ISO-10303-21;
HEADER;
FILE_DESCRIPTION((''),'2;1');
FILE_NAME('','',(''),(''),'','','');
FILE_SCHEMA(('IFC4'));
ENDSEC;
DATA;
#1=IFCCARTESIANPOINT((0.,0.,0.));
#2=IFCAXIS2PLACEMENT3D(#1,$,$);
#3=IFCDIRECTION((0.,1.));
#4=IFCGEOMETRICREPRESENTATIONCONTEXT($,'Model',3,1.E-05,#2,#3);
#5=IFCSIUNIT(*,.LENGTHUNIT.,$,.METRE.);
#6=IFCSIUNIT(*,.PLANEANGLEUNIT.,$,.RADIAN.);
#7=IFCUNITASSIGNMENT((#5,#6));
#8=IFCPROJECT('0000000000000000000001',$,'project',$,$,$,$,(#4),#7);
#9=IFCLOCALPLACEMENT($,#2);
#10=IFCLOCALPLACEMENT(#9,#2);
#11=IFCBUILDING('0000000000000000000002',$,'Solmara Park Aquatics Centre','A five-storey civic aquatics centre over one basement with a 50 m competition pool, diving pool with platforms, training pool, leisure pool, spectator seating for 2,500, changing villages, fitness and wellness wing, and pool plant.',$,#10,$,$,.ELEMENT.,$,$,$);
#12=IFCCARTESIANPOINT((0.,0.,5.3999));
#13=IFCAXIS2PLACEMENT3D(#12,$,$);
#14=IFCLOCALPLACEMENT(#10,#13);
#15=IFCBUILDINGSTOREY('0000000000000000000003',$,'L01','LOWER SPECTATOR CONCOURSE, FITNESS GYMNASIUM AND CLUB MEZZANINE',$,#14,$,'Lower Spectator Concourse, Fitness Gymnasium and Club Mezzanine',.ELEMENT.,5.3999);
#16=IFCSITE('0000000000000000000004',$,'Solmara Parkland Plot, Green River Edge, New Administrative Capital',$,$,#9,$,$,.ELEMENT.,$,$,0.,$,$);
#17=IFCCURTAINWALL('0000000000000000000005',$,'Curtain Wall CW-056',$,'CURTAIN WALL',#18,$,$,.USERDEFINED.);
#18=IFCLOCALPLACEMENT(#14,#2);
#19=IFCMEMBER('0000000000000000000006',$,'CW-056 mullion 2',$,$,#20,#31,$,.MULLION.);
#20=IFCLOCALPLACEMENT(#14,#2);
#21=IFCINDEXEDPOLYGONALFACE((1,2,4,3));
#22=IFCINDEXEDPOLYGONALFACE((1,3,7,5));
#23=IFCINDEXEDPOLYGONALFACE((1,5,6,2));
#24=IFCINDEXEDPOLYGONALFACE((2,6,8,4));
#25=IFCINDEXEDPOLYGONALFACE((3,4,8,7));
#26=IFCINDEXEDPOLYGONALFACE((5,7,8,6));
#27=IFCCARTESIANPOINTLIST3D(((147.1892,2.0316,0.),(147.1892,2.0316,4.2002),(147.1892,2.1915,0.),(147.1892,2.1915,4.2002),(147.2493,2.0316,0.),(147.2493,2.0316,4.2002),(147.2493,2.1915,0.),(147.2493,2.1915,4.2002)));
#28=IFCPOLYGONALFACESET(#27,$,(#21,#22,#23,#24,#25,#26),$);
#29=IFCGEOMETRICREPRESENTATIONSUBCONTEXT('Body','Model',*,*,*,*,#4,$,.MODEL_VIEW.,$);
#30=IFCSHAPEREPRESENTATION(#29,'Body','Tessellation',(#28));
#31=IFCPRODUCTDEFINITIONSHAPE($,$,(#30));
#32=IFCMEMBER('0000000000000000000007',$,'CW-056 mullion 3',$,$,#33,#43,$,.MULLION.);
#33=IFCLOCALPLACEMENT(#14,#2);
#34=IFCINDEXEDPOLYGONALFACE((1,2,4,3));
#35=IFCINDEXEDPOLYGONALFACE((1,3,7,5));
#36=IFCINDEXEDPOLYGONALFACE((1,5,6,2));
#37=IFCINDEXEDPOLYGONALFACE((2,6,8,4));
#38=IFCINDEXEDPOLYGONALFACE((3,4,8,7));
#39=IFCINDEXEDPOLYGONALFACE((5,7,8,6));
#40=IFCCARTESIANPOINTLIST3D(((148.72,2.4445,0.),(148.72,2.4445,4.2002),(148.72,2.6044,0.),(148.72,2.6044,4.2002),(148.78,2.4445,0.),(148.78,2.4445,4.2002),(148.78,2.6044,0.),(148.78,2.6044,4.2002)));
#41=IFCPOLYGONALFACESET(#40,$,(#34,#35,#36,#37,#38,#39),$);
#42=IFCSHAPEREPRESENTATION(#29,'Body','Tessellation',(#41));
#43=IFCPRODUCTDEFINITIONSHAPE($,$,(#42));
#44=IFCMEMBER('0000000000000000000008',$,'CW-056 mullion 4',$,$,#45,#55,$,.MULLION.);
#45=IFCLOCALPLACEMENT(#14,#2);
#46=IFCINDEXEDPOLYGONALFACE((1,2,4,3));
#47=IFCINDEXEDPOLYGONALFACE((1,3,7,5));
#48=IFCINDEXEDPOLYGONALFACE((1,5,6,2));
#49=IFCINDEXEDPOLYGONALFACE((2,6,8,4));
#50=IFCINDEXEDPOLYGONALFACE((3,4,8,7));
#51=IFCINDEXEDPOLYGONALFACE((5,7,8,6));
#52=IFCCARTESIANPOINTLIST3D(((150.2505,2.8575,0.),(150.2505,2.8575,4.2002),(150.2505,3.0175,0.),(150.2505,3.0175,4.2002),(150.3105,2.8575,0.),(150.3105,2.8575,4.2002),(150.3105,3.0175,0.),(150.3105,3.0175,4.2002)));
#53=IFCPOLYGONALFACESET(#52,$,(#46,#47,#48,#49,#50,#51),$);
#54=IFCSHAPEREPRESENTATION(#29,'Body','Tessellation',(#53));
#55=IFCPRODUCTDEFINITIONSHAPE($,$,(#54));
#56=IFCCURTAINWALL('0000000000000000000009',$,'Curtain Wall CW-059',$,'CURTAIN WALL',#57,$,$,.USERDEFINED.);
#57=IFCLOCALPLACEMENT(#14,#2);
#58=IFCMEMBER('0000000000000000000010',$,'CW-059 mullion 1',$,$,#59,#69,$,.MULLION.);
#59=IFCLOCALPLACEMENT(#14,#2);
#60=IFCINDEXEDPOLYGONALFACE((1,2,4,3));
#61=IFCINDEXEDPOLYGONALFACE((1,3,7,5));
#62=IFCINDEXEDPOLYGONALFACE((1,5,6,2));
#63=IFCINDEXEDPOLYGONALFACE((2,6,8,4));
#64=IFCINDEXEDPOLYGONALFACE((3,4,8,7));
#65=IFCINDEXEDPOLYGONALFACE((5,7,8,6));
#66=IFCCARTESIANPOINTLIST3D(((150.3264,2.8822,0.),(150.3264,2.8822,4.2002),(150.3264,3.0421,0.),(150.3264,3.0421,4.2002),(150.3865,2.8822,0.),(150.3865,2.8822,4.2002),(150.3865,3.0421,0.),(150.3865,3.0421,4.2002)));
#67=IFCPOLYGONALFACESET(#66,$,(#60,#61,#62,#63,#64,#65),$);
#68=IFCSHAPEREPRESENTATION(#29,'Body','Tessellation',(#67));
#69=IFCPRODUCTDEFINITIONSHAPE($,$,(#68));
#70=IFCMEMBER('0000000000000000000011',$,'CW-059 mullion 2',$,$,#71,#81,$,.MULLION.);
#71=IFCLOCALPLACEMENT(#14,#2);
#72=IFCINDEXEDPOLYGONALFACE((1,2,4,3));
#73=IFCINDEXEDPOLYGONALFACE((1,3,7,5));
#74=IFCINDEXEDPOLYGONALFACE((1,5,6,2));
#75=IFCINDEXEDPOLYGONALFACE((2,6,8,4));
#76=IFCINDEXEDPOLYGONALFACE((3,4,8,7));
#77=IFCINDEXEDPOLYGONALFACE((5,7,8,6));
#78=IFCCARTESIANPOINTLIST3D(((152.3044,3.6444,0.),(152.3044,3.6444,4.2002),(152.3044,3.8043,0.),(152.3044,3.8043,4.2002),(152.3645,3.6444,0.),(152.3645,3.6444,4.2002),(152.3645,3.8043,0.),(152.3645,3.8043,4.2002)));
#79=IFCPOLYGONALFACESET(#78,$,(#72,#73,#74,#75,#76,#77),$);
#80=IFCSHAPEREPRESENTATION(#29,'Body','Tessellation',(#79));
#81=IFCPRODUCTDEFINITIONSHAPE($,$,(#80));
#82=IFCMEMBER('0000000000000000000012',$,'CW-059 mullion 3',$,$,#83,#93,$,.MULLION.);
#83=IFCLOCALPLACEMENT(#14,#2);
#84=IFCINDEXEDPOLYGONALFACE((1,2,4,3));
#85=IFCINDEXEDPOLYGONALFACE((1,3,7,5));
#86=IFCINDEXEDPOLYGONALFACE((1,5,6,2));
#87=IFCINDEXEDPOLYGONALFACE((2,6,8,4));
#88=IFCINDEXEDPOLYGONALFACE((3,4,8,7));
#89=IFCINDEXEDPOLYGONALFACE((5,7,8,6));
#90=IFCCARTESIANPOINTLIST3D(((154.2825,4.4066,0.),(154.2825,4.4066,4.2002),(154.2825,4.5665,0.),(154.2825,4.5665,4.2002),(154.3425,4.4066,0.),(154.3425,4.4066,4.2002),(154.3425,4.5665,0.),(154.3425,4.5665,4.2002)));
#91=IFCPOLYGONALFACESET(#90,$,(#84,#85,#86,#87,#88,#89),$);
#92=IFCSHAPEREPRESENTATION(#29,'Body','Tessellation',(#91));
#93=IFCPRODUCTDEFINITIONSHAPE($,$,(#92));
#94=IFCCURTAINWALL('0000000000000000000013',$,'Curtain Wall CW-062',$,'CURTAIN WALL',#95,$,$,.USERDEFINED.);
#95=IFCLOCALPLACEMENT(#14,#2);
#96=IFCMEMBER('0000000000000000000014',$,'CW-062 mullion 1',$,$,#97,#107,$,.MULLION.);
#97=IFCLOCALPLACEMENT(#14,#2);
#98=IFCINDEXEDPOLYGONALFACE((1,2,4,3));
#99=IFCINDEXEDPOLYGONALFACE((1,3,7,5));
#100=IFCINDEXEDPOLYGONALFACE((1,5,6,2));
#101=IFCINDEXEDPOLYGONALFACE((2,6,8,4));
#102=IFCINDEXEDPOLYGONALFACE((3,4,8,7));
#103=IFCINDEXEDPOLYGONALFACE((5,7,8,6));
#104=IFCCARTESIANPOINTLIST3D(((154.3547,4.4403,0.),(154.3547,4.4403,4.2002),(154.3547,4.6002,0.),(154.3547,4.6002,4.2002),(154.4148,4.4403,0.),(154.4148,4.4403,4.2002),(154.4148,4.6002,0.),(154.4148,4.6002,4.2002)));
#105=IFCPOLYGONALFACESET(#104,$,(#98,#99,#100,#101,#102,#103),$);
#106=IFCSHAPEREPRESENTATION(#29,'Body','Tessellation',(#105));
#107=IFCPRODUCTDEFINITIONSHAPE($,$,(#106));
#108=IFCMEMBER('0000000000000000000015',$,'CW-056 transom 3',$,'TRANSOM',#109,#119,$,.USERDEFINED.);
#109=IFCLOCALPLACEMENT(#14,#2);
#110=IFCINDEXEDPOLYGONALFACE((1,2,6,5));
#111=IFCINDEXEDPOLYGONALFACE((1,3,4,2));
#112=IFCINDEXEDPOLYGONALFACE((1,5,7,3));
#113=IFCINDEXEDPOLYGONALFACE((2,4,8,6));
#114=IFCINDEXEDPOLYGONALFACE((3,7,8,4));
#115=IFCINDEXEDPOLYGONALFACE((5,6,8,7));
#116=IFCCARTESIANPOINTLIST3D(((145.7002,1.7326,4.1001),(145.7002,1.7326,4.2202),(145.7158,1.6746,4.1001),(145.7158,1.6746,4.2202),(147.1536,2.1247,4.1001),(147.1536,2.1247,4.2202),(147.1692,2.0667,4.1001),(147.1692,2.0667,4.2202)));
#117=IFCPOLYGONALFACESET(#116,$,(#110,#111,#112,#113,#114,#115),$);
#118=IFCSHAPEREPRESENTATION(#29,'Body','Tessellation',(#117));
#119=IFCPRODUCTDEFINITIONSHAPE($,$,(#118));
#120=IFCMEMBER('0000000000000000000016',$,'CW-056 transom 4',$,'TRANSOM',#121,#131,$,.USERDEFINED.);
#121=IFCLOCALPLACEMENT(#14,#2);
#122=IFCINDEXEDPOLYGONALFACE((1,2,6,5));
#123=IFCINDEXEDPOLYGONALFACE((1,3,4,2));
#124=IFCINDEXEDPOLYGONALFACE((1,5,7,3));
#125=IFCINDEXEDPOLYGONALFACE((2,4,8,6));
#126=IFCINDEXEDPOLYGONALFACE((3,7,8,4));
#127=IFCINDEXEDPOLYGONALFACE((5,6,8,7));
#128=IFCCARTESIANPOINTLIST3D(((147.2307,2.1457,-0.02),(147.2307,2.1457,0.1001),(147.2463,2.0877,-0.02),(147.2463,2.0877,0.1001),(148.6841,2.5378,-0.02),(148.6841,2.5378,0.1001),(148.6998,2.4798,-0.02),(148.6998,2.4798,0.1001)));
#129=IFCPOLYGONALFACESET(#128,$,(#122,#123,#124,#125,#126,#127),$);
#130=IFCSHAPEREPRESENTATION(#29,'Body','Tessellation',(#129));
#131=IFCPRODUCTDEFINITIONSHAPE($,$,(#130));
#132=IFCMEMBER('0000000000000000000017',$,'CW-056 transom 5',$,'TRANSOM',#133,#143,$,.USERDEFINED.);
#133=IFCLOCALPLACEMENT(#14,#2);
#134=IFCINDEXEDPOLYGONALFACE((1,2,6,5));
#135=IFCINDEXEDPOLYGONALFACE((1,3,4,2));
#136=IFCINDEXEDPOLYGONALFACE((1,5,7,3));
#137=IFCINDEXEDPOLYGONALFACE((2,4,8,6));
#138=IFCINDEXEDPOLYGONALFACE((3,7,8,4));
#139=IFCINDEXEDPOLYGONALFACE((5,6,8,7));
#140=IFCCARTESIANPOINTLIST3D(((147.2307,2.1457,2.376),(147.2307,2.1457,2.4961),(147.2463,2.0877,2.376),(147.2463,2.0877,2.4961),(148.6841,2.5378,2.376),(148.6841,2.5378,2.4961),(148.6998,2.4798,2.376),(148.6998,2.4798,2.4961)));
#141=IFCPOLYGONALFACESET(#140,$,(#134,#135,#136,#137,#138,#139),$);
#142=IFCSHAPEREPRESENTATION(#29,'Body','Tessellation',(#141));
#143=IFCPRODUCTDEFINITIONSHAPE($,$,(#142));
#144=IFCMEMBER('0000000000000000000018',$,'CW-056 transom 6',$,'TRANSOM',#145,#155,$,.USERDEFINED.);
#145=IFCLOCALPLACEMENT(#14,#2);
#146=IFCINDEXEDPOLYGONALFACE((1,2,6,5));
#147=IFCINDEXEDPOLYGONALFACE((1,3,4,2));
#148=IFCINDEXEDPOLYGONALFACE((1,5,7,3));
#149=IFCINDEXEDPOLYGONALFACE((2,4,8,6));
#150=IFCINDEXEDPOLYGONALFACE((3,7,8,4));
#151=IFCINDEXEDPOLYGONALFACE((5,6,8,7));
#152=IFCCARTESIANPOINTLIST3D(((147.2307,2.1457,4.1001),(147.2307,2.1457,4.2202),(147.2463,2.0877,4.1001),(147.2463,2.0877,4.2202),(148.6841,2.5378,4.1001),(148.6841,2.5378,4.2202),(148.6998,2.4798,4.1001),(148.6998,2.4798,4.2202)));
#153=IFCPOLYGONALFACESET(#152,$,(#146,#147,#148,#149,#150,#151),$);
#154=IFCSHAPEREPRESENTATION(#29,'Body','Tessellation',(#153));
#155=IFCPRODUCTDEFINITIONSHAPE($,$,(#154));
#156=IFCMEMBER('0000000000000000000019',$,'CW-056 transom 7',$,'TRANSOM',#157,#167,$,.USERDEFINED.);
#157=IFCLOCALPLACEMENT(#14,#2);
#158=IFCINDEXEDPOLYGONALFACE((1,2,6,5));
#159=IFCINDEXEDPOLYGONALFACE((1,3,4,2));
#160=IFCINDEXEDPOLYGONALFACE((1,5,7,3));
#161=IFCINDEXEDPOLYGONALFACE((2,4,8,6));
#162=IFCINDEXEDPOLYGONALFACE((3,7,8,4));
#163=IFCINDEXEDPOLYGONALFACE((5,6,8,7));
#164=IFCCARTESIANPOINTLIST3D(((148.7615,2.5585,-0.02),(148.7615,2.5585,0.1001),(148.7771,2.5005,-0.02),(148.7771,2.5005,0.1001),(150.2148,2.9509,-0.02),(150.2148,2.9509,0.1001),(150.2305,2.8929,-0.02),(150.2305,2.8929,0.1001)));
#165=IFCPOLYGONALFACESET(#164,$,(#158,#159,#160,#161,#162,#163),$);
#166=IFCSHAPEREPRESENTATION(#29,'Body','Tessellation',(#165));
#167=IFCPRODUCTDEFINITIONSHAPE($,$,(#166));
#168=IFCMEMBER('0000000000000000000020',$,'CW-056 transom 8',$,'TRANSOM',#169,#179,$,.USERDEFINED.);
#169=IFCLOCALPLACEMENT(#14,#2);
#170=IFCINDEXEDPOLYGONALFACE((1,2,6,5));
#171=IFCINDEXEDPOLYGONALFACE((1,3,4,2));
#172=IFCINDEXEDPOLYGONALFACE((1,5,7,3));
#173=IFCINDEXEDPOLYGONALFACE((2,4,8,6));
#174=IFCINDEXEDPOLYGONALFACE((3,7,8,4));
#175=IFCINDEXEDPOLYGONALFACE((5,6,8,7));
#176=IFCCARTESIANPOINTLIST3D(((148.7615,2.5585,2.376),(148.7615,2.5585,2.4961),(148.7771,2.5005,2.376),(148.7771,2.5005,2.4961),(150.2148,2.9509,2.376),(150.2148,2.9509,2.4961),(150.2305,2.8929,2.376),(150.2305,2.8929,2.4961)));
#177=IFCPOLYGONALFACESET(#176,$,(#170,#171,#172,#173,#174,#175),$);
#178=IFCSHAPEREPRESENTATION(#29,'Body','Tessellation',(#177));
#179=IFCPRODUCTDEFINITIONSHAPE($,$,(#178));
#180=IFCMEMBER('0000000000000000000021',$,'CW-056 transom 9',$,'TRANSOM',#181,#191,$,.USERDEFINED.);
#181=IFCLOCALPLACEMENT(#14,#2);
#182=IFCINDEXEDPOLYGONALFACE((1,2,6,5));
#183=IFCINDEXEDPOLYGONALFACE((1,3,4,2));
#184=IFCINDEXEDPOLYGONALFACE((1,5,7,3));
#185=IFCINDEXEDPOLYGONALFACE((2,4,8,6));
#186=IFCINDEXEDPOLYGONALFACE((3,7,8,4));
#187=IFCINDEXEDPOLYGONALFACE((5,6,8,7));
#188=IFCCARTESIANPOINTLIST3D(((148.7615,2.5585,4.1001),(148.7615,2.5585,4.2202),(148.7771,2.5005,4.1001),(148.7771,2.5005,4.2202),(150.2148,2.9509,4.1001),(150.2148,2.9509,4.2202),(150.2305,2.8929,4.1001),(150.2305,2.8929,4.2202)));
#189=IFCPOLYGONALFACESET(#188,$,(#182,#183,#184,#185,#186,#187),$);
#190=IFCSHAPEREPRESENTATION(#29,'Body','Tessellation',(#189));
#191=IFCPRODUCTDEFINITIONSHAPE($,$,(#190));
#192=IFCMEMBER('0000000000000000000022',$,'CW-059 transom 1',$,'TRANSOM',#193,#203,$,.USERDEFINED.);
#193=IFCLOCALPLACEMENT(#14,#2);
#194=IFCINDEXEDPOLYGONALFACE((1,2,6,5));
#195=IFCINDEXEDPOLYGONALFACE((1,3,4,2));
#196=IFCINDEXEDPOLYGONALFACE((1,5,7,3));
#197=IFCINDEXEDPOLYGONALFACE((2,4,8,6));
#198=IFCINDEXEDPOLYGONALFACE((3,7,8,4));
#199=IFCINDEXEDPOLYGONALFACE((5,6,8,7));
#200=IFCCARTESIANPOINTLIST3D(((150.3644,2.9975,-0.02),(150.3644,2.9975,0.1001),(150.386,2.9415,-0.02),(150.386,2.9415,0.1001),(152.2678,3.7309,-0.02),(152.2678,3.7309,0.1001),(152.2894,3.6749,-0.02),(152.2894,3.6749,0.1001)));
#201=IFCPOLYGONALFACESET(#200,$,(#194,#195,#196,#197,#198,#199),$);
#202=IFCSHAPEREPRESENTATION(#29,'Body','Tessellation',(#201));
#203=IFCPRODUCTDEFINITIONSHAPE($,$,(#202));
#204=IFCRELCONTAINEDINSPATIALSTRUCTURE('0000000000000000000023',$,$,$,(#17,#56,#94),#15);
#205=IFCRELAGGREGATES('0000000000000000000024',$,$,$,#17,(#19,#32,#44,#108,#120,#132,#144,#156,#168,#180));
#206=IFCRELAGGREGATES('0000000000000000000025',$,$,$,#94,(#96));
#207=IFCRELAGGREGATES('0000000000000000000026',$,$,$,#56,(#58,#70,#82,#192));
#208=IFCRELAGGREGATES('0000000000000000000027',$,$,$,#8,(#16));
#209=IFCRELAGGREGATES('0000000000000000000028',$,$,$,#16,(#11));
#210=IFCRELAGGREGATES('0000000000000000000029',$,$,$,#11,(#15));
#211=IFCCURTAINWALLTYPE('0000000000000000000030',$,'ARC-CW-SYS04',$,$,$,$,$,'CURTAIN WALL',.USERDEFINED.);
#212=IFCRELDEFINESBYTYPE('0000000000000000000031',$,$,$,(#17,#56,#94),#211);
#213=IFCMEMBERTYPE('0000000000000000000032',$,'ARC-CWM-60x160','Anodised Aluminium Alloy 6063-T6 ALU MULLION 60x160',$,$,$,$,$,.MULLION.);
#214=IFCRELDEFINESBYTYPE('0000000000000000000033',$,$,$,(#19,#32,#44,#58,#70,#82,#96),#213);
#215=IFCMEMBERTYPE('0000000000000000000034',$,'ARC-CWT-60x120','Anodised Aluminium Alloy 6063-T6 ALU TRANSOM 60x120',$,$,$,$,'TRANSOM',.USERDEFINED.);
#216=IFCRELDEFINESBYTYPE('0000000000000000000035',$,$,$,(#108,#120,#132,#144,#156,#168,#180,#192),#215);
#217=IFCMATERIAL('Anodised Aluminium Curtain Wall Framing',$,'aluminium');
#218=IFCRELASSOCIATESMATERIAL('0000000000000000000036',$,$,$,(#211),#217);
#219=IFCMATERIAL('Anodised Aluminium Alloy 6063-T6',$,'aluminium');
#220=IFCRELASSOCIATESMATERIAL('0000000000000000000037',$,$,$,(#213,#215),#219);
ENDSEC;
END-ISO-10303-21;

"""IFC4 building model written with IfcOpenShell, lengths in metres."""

from ifc_helpers import new_model, si_unit, direction, frame, origin, origin_2d, place, context, subcontext, project, spatial, rectangle, extrude, material, material_profile, profile_set, type_object, element, aggregate, save


model = new_model("IFC4")

# Units and contexts
model_context = context("Model", 3, precision=1e-05, world=origin(), true_north=direction((0.0, 1.0)))
body_context = subcontext(model_context, "Body", "Model", "MODEL_VIEW")
ifc_project = project(units=[si_unit("LENGTHUNIT", "METRE"), si_unit("PLANEANGLEUNIT", "RADIAN")], contexts=[model_context])

# Site, building, storey
site_placement = place(None, origin())
site = spatial("IfcSite", under=ifc_project, at=site_placement, Name="Solmara Parkland Plot, Green River Edge, New Administrative Capital", CompositionType="ELEMENT", RefElevation=0.0)
building_placement = place(site_placement, origin())
building = spatial("IfcBuilding", under=site, at=building_placement, Name="Solmara Park Aquatics Centre", Description="A five-storey civic aquatics centre over one basement with a 50 m competition pool, diving pool with platforms, training pool, leisure pool, spectator seating for 2,500, changing villages, fitness and wellness wing, and pool plant.", CompositionType="ELEMENT")
storey_placement = place(building_placement, frame((0.0, 0.0, 5.3999)))
storey = spatial("IfcBuildingStorey", under=building, at=storey_placement, Name="L01", Description="LOWER SPECTATOR CONCOURSE, FITNESS GYMNASIUM AND CLUB MEZZANINE", LongName="Lower Spectator Concourse, Fitness Gymnasium and Club Mezzanine", CompositionType="ELEMENT", Elevation=5.3999)

# Curtain walls, members
ifc_material_1 = material(Name="Anodised Aluminium Curtain Wall Framing", Category="aluminium")
curtain_wall_type = type_object("IfcCurtainWallType", Name="ARC-CW-SYS04", ElementType="CURTAIN WALL", PredefinedType="USERDEFINED", material=ifc_material_1)
curtain_wall_1_placement = place(storey_placement, origin())
curtain_wall_1 = element("IfcCurtainWall", 1, at=curtain_wall_1_placement, inside=storey, type_object=curtain_wall_type, Name="Curtain Wall CW-056", ObjectType="CURTAIN WALL", PredefinedType="USERDEFINED")
ifc_material_2 = material(Name="Anodised Aluminium Alloy 6063-T6", Category="aluminium")
ifc_material_profile_1 = material_profile(ifc_material_2, rectangle(XDim=0.0601, YDim=0.1599, at=origin_2d()), Name="ALU MULLION 60x160")
ifc_profile_set_1 = profile_set([ifc_material_profile_1], Name="Anodised Aluminium Alloy 6063-T6")
member_type_1 = type_object("IfcMemberType", Name="ARC-CWM-60x160", Description="Anodised Aluminium Alloy 6063-T6 ALU MULLION 60x160", PredefinedType="MULLION", material=ifc_profile_set_1)
member_1_placement = place(storey_placement, frame((147.2192, 2.1116, 0.0), z_axis=(0.0, 0.0, 1.0), x_axis=(1.0, 0.0, 0.0)))
member_1 = element("IfcMember", 2, at=member_1_placement, type_object=member_type_1, Name="CW-056 mullion 2", PredefinedType="MULLION", context=body_context, shape_type="SweptSolid", body=[
    extrude(rectangle(XDim=0.0601, YDim=0.1599, at=origin_2d()), origin(), (0.0, 0.0, 1.0), 4.2002),
])
member_2_placement = place(storey_placement, frame((148.75, 2.5244, 0.0), z_axis=(0.0, 0.0, 1.0), x_axis=(1.0, 0.0, 0.0)))
member_2 = element("IfcMember", 3, at=member_2_placement, type_object=member_type_1, Name="CW-056 mullion 3", PredefinedType="MULLION", context=body_context, shape_type="SweptSolid", body=[
    extrude(rectangle(XDim=0.0601, YDim=0.1599, at=origin_2d()), origin(), (0.0, 0.0, 1.0), 4.2002),
])
member_3_placement = place(storey_placement, frame((150.2805, 2.9375, 0.0), z_axis=(0.0, 0.0, 1.0), x_axis=(1.0, 0.0, 0.0)))
member_3 = element("IfcMember", 4, at=member_3_placement, type_object=member_type_1, Name="CW-056 mullion 4", PredefinedType="MULLION", context=body_context, shape_type="SweptSolid", body=[
    extrude(rectangle(XDim=0.0601, YDim=0.1599, at=origin_2d()), origin(), (0.0, 0.0, 1.0), 4.2002),
])
curtain_wall_2_placement = place(storey_placement, origin())
curtain_wall_2 = element("IfcCurtainWall", 5, at=curtain_wall_2_placement, inside=storey, type_object=curtain_wall_type, Name="Curtain Wall CW-059", ObjectType="CURTAIN WALL", PredefinedType="USERDEFINED")
member_4_placement = place(storey_placement, frame((150.3564, 2.9622, 0.0), z_axis=(0.0, 0.0, 1.0), x_axis=(1.0, 0.0, 0.0)))
member_4 = element("IfcMember", 6, at=member_4_placement, type_object=member_type_1, Name="CW-059 mullion 1", PredefinedType="MULLION", context=body_context, shape_type="SweptSolid", body=[
    extrude(rectangle(XDim=0.0601, YDim=0.1599, at=origin_2d()), origin(), (0.0, 0.0, 1.0), 4.2002),
])
member_5_placement = place(storey_placement, frame((152.3345, 3.7244, 0.0), z_axis=(0.0, 0.0, 1.0), x_axis=(1.0, 0.0, 0.0)))
member_5 = element("IfcMember", 7, at=member_5_placement, type_object=member_type_1, Name="CW-059 mullion 2", PredefinedType="MULLION", context=body_context, shape_type="SweptSolid", body=[
    extrude(rectangle(XDim=0.0601, YDim=0.1599, at=origin_2d()), origin(), (0.0, 0.0, 1.0), 4.2002),
])
member_6_placement = place(storey_placement, frame((154.3125, 4.4866, 0.0), z_axis=(0.0, 0.0, 1.0), x_axis=(1.0, 0.0, 0.0)))
member_6 = element("IfcMember", 8, at=member_6_placement, type_object=member_type_1, Name="CW-059 mullion 3", PredefinedType="MULLION", context=body_context, shape_type="SweptSolid", body=[
    extrude(rectangle(XDim=0.0601, YDim=0.1599, at=origin_2d()), origin(), (0.0, 0.0, 1.0), 4.2002),
])

# Curtain wall, member
curtain_wall_3_placement = place(storey_placement, origin())
curtain_wall_3 = element("IfcCurtainWall", 9, at=curtain_wall_3_placement, inside=storey, type_object=curtain_wall_type, Name="Curtain Wall CW-062", ObjectType="CURTAIN WALL", PredefinedType="USERDEFINED")
member_7_placement = place(storey_placement, frame((154.3848, 4.5203, 0.0), z_axis=(0.0, 0.0, 1.0), x_axis=(1.0, 0.0, 0.0)))
member_7 = element("IfcMember", 10, at=member_7_placement, type_object=member_type_1, Name="CW-062 mullion 1", PredefinedType="MULLION", context=body_context, shape_type="SweptSolid", body=[
    extrude(rectangle(XDim=0.0601, YDim=0.1599, at=origin_2d()), origin(), (0.0, 0.0, 1.0), 4.2002),
])

# Members
ifc_material_profile_2 = material_profile(ifc_material_2, rectangle(XDim=0.0601, YDim=0.1201, at=origin_2d()), Name="ALU TRANSOM 60x120")
ifc_profile_set_2 = profile_set([ifc_material_profile_2], Name="Anodised Aluminium Alloy 6063-T6")
member_type_2 = type_object("IfcMemberType", Name="ARC-CWT-60x120", Description="Anodised Aluminium Alloy 6063-T6 ALU TRANSOM 60x120", ElementType="TRANSOM", PredefinedType="USERDEFINED", material=ifc_profile_set_2)
member_8_placement = place(storey_placement, frame((145.708, 1.7036, 4.1602), z_axis=(0.965483, 0.260468, 0.0), x_axis=(-0.260468, 0.965483, 0.0)))
member_8 = element("IfcMember", 11, at=member_8_placement, type_object=member_type_2, Name="CW-056 transom 3", ObjectType="TRANSOM", PredefinedType="USERDEFINED", context=body_context, shape_type="SweptSolid", body=[
    extrude(rectangle(XDim=0.0601, YDim=0.1201, at=origin_2d()), origin(), (0.0, 0.0, 1.0), 1.5054),
])
member_9_placement = place(storey_placement, frame((147.2385, 2.1167, 0.04), z_axis=(0.965483, 0.260468, 0.0), x_axis=(-0.260468, 0.965483, 0.0)))
member_9 = element("IfcMember", 12, at=member_9_placement, type_object=member_type_2, Name="CW-056 transom 4", ObjectType="TRANSOM", PredefinedType="USERDEFINED", context=body_context, shape_type="SweptSolid", body=[
    extrude(rectangle(XDim=0.0601, YDim=0.1201, at=origin_2d()), origin(), (0.0, 0.0, 1.0), 1.5054),
])
member_10_placement = place(storey_placement, frame((147.2385, 2.1167, 2.436), z_axis=(0.965483, 0.260468, 0.0), x_axis=(-0.260468, 0.965483, 0.0)))
member_10 = element("IfcMember", 13, at=member_10_placement, type_object=member_type_2, Name="CW-056 transom 5", ObjectType="TRANSOM", PredefinedType="USERDEFINED", context=body_context, shape_type="SweptSolid", body=[
    extrude(rectangle(XDim=0.0601, YDim=0.1201, at=origin_2d()), origin(), (0.0, 0.0, 1.0), 1.5054),
])
member_11_placement = place(storey_placement, frame((147.2385, 2.1167, 4.1602), z_axis=(0.965483, 0.260468, 0.0), x_axis=(-0.260468, 0.965483, 0.0)))
member_11 = element("IfcMember", 14, at=member_11_placement, type_object=member_type_2, Name="CW-056 transom 6", ObjectType="TRANSOM", PredefinedType="USERDEFINED", context=body_context, shape_type="SweptSolid", body=[
    extrude(rectangle(XDim=0.0601, YDim=0.1201, at=origin_2d()), origin(), (0.0, 0.0, 1.0), 1.5054),
])
member_12_placement = place(storey_placement, frame((148.7693, 2.5295, 0.04), z_axis=(0.965442, 0.260619, 0.0), x_axis=(-0.260619, 0.965442, 0.0)))
member_12 = element("IfcMember", 15, at=member_12_placement, type_object=member_type_2, Name="CW-056 transom 7", ObjectType="TRANSOM", PredefinedType="USERDEFINED", context=body_context, shape_type="SweptSolid", body=[
    extrude(rectangle(XDim=0.0601, YDim=0.1201, at=origin_2d()), origin(), (0.0, 0.0, 1.0), 1.5054),
])
member_13_placement = place(storey_placement, frame((148.7693, 2.5295, 2.436), z_axis=(0.965442, 0.260619, 0.0), x_axis=(-0.260619, 0.965442, 0.0)))
member_13 = element("IfcMember", 16, at=member_13_placement, type_object=member_type_2, Name="CW-056 transom 8", ObjectType="TRANSOM", PredefinedType="USERDEFINED", context=body_context, shape_type="SweptSolid", body=[
    extrude(rectangle(XDim=0.0601, YDim=0.1201, at=origin_2d()), origin(), (0.0, 0.0, 1.0), 1.5054),
])
member_14_placement = place(storey_placement, frame((148.7693, 2.5295, 4.1602), z_axis=(0.965442, 0.260619, 0.0), x_axis=(-0.260619, 0.965442, 0.0)))
member_14 = element("IfcMember", 17, at=member_14_placement, type_object=member_type_2, Name="CW-056 transom 9", ObjectType="TRANSOM", PredefinedType="USERDEFINED", context=body_context, shape_type="SweptSolid", body=[
    extrude(rectangle(XDim=0.0601, YDim=0.1201, at=origin_2d()), origin(), (0.0, 0.0, 1.0), 1.5054),
])
member_15_placement = place(storey_placement, frame((150.3752, 2.9695, 0.04), z_axis=(0.933123, 0.359556, 0.0), x_axis=(-0.359556, 0.933123, 0.0)))
member_15 = element("IfcMember", 18, at=member_15_placement, type_object=member_type_2, Name="CW-059 transom 1", ObjectType="TRANSOM", PredefinedType="USERDEFINED", context=body_context, shape_type="SweptSolid", body=[
    extrude(rectangle(XDim=0.0601, YDim=0.1201, at=origin_2d()), origin(), (0.0, 0.0, 1.0), 2.0398),
])

aggregate(curtain_wall_1, [member_1, member_2, member_3, member_8, member_9, member_10, member_11, member_12, member_13, member_14])
aggregate(curtain_wall_3, [member_7])
aggregate(curtain_wall_2, [member_4, member_5, member_6, member_15])

save(model, "model.ifc")
